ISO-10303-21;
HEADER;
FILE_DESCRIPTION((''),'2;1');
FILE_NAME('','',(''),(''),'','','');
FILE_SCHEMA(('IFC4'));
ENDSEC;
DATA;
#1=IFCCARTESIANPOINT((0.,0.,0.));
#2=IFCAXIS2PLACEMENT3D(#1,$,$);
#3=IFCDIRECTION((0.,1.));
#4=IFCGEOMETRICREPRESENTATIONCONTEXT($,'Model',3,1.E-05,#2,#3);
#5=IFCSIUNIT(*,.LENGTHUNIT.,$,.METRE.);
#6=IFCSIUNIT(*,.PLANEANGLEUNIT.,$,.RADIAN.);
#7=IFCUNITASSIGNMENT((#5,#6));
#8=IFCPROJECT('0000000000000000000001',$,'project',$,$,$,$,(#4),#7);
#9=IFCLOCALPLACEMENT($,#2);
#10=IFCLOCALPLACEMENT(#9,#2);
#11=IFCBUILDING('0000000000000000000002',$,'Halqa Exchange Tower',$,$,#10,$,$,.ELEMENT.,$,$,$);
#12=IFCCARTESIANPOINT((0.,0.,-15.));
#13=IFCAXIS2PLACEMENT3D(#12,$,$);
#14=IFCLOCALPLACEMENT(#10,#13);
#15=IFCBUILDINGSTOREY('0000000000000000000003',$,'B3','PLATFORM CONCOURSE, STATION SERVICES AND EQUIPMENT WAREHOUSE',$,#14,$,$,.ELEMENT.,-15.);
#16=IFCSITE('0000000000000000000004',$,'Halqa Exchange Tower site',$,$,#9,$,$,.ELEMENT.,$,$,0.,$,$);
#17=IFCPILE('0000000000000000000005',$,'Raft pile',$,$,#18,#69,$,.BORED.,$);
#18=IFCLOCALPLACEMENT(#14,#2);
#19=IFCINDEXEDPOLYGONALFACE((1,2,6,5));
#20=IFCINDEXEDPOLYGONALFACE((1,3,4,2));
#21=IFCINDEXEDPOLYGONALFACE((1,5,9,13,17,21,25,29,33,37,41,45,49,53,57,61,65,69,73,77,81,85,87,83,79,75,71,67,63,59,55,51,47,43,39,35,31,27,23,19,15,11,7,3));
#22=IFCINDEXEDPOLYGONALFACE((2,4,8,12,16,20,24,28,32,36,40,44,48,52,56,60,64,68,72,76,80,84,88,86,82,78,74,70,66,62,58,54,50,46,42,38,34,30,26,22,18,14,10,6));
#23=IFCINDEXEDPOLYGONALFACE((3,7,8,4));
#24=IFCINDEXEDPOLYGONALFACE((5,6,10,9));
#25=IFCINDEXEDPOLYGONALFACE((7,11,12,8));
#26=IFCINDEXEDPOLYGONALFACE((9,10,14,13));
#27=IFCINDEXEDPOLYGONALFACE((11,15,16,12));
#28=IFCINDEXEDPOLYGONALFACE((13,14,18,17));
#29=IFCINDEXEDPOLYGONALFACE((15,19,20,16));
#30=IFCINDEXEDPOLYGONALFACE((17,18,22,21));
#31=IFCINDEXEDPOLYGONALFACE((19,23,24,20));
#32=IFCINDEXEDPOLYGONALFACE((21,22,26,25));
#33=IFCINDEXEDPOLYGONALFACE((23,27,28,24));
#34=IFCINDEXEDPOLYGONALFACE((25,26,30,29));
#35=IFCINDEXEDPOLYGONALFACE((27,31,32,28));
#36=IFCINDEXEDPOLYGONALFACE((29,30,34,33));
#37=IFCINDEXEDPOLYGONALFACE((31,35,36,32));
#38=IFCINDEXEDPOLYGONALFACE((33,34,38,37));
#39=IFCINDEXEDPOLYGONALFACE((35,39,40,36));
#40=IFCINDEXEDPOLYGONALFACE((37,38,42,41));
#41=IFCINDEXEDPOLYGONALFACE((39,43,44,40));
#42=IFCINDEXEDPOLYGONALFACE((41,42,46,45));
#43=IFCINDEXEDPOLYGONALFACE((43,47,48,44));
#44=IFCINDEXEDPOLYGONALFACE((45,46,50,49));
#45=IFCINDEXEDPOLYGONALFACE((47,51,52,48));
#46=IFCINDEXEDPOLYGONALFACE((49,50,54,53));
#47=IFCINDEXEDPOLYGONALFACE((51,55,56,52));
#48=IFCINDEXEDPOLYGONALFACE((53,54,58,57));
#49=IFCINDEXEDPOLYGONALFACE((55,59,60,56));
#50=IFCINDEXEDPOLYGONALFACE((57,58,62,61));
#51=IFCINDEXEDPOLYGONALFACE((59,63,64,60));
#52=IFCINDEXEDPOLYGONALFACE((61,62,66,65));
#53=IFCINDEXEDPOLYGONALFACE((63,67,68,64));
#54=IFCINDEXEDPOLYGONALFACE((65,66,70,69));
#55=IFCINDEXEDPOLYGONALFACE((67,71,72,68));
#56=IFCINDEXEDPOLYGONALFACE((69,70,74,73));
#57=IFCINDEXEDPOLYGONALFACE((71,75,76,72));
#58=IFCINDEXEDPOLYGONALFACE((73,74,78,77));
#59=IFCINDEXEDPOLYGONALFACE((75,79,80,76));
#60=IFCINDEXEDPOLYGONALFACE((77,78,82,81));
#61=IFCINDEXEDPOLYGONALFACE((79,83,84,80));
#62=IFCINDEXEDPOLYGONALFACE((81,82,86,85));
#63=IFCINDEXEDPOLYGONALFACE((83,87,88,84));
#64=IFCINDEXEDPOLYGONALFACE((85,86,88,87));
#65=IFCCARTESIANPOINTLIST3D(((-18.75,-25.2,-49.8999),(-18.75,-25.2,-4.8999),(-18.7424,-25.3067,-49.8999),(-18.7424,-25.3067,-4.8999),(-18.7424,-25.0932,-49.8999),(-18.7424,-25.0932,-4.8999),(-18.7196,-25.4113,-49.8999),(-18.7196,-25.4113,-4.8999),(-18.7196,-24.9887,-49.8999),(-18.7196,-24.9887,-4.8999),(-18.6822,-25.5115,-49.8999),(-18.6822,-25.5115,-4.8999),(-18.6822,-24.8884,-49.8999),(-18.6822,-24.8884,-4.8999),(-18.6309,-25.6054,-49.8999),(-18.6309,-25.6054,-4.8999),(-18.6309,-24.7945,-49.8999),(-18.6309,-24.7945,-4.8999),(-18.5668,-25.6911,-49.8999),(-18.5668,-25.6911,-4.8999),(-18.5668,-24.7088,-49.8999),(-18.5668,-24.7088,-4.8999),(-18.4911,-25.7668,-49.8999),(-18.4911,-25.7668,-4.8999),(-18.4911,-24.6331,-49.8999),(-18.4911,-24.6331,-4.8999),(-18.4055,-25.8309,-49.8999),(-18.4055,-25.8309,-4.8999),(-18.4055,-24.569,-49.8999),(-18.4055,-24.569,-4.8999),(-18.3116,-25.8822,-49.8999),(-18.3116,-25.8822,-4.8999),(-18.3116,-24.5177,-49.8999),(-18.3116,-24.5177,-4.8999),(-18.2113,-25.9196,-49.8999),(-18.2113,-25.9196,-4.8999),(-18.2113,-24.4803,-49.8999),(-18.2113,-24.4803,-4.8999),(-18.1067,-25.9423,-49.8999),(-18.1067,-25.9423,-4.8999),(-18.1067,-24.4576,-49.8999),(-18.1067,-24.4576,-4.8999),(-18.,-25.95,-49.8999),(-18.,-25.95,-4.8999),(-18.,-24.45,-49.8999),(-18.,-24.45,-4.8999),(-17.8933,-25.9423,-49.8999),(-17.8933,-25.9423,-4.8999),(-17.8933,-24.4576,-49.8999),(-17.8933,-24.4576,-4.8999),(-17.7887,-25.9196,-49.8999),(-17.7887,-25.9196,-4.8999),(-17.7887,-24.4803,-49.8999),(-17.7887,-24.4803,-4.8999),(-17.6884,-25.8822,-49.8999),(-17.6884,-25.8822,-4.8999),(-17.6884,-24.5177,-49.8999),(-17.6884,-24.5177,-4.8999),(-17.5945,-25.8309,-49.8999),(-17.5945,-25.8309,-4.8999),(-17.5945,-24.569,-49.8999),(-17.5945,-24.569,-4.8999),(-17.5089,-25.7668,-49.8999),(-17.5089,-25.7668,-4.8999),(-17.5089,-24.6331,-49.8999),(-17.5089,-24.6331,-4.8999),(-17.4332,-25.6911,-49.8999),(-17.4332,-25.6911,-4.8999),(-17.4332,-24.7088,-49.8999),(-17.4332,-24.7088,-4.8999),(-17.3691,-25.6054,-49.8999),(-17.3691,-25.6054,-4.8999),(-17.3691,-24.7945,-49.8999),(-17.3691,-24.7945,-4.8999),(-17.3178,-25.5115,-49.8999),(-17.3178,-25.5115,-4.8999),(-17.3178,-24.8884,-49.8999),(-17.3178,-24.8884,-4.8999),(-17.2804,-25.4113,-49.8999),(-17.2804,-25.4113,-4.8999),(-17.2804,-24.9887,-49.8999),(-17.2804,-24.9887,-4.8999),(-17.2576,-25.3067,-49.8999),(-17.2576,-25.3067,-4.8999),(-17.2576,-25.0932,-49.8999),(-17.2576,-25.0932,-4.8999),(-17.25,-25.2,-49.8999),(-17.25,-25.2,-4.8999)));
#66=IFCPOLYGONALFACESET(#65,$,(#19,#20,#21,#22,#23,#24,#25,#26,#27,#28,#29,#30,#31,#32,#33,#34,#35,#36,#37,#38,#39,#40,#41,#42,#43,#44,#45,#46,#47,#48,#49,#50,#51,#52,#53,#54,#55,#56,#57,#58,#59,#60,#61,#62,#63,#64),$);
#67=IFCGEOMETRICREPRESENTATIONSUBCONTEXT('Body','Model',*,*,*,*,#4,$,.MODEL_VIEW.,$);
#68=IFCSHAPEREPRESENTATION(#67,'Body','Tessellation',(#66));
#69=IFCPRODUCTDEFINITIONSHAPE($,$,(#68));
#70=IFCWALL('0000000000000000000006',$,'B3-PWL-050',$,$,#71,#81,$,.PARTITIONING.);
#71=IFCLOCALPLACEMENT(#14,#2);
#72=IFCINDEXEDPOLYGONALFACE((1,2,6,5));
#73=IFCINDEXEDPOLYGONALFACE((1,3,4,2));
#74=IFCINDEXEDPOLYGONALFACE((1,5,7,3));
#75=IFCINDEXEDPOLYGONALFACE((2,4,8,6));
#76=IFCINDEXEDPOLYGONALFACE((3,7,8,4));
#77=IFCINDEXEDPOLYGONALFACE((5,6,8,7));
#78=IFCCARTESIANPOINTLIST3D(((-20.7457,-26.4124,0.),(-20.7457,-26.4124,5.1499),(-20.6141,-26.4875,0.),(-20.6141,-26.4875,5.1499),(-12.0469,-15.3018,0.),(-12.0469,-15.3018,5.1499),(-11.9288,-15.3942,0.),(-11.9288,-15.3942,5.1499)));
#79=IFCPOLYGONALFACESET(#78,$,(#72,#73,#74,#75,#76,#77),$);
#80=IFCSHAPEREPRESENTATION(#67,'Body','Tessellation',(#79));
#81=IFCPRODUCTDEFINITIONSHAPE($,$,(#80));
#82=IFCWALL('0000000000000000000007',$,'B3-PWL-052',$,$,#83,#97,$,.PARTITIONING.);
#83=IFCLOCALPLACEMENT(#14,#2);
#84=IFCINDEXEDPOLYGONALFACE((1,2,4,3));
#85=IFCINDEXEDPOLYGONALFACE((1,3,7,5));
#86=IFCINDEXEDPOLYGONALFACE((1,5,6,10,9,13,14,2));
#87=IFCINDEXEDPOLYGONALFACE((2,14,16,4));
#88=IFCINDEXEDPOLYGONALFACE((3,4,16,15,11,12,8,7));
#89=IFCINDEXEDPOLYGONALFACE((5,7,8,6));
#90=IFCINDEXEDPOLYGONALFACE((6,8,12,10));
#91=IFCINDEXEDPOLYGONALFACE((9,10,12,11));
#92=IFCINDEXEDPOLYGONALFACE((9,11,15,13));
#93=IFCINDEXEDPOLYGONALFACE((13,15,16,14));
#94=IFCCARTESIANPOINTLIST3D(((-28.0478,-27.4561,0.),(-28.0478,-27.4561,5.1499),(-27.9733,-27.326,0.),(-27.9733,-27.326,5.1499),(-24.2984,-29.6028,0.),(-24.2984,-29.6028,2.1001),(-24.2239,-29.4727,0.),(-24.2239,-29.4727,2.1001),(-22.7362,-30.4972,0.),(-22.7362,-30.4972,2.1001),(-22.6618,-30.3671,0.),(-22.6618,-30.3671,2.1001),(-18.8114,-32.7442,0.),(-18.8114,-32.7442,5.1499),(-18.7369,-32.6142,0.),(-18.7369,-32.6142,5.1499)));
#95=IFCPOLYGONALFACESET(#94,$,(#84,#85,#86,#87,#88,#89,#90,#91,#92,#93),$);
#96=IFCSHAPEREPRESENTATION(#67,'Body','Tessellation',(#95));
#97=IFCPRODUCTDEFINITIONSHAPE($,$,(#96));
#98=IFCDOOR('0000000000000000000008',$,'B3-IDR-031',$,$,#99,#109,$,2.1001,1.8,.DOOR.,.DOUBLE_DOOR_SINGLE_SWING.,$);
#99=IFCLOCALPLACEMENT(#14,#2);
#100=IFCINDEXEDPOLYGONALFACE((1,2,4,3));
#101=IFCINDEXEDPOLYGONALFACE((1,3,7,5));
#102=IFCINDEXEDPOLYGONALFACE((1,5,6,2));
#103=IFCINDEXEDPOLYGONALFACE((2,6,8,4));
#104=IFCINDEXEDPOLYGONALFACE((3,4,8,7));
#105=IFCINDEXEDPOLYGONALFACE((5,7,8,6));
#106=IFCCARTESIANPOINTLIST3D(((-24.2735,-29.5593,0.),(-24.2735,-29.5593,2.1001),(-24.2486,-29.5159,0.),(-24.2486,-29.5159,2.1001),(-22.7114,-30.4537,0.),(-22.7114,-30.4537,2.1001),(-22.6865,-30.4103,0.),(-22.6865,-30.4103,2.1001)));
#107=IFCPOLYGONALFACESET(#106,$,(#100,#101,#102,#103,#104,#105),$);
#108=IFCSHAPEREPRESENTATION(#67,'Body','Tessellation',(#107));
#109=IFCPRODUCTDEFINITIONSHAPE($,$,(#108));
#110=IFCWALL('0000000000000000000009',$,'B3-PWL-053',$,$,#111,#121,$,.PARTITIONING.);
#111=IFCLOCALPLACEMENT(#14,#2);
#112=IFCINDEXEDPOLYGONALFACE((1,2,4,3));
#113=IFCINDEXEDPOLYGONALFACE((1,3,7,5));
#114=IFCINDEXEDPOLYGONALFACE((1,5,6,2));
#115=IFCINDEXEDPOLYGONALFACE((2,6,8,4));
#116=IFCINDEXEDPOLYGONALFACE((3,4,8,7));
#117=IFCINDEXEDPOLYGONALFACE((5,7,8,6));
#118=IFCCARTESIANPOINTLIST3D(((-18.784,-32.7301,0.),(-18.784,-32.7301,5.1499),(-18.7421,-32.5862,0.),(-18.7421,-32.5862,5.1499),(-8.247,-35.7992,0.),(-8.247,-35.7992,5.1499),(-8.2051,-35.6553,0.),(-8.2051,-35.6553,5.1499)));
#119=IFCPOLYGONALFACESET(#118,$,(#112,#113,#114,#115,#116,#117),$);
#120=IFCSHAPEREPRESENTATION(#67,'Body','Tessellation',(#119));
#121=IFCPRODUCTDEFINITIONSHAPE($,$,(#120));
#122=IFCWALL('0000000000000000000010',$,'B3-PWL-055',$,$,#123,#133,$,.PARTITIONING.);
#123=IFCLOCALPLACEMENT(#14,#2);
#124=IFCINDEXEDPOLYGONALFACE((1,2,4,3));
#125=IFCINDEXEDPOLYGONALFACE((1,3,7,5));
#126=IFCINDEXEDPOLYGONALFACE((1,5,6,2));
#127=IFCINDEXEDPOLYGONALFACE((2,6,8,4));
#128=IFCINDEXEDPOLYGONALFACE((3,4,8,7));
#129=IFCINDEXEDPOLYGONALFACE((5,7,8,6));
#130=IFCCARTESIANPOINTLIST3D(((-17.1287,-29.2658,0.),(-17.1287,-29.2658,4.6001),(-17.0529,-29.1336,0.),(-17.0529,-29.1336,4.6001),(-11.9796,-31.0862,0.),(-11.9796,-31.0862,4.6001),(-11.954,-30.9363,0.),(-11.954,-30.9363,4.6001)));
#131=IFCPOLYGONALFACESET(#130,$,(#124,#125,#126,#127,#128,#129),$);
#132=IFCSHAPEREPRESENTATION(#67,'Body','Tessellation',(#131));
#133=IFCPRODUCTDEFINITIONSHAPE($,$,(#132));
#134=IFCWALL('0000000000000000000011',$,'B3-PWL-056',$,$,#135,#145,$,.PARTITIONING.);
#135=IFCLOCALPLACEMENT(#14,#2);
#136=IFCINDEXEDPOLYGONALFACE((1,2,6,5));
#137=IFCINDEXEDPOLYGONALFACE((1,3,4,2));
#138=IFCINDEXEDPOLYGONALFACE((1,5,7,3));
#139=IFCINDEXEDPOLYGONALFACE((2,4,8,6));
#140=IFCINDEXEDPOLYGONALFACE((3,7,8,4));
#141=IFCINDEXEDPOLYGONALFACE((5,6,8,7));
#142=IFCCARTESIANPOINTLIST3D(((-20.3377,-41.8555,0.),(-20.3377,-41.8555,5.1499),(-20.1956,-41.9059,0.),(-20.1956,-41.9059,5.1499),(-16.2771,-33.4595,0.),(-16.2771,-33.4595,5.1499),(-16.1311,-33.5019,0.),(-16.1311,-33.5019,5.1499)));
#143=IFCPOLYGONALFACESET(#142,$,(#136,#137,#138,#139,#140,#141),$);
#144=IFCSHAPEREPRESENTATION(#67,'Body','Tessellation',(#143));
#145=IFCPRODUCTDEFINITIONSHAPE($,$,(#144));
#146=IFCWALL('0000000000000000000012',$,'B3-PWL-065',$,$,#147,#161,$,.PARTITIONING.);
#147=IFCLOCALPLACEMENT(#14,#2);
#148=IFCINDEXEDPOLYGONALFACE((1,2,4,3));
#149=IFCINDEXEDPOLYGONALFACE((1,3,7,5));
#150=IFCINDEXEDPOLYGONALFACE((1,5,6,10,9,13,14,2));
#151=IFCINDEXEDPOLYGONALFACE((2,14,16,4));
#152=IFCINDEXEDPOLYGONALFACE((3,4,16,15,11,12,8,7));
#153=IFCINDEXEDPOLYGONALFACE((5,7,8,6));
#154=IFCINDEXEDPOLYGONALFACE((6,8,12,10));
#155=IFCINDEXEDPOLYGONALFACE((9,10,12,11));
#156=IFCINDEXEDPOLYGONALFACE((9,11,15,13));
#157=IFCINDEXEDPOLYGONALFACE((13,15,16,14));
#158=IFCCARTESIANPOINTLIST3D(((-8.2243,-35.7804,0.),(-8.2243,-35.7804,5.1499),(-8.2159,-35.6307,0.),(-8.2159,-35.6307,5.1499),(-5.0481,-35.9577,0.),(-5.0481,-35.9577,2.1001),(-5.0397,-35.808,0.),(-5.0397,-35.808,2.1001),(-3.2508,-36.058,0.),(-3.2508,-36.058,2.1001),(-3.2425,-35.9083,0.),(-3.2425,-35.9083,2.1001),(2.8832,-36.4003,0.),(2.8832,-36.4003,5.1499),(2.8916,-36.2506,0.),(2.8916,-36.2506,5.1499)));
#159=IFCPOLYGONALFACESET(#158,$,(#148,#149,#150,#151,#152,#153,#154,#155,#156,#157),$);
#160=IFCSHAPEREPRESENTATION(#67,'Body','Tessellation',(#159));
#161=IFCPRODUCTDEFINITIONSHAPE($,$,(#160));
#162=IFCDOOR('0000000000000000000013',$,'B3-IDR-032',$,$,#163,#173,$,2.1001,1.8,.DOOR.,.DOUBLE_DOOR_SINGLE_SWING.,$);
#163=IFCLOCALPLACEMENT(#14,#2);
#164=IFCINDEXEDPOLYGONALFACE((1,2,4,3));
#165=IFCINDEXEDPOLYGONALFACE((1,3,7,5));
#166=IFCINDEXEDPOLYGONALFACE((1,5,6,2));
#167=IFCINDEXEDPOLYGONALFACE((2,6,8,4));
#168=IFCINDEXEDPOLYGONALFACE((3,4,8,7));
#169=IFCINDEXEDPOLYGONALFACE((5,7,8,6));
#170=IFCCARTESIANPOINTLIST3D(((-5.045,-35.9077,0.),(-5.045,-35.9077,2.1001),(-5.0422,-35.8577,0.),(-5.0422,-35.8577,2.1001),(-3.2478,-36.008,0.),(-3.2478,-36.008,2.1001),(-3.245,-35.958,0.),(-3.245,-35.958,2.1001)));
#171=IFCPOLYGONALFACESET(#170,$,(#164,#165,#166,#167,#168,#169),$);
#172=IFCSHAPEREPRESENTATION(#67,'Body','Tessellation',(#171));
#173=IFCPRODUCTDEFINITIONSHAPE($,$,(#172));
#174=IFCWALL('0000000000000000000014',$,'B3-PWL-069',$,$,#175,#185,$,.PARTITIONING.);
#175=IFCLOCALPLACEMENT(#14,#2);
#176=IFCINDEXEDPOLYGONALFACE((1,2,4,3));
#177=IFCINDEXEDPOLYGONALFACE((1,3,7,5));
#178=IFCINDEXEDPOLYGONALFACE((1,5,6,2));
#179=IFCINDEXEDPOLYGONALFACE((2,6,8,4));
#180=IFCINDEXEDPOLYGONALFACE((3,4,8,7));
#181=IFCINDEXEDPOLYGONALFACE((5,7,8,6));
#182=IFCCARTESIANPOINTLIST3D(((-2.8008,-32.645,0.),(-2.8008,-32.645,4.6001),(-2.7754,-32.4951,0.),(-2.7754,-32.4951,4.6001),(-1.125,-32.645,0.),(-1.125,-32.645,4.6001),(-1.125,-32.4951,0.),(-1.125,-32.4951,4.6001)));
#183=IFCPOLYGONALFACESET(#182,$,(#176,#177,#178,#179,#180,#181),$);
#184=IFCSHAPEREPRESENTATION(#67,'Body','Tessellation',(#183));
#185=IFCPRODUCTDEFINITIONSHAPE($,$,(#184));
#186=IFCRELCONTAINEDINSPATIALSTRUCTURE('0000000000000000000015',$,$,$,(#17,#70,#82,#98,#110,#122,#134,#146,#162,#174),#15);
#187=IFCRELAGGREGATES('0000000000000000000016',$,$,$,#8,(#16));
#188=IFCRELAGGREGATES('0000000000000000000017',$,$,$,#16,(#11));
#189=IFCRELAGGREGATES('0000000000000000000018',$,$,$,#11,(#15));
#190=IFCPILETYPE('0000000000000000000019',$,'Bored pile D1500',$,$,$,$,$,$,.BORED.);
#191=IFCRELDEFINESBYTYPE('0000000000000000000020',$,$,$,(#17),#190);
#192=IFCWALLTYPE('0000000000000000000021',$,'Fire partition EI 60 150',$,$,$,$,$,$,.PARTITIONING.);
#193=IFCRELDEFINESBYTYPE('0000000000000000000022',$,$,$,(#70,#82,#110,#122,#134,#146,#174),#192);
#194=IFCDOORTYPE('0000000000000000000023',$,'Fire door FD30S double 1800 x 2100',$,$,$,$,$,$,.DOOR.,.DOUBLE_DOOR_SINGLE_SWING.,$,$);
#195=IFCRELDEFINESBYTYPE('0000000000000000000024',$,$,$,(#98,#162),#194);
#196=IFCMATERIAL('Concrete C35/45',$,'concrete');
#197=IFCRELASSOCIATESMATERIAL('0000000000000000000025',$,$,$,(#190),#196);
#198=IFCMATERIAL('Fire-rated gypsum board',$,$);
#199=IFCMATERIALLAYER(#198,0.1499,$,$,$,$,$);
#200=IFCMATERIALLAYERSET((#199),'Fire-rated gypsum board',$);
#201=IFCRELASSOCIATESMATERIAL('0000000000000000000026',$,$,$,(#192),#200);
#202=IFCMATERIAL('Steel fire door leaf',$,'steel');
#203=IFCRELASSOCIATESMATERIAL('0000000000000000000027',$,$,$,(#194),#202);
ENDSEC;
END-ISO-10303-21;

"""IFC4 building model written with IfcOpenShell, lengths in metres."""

from ifc_helpers import new_model, si_unit, direction, frame, frame_2d, origin, origin_2d, place, context, subcontext, project, spatial, polyline, rectangle, circle, outline, extrude, material, layer, layer_set, material_profile, profile_set, type_object, element, fill, save


model = new_model("IFC4")

# Units and contexts
model_context = context("Model", 3, precision=1e-05, world=origin(), true_north=direction((0.0, 1.0)))
body_context = subcontext(model_context, "Body", "Model", "MODEL_VIEW")
ifc_project = project(units=[si_unit("LENGTHUNIT", "METRE"), si_unit("PLANEANGLEUNIT", "RADIAN")], contexts=[model_context])

# Site, building, storey
site_placement = place(None, origin())
site = spatial("IfcSite", under=ifc_project, at=site_placement, Name="Halqa Exchange Tower site", CompositionType="ELEMENT", RefElevation=0.0)
building_placement = place(site_placement, origin())
building = spatial("IfcBuilding", under=site, at=building_placement, Name="Halqa Exchange Tower", CompositionType="ELEMENT")
storey_placement = place(building_placement, frame((0.0, 0.0, -15.0)))
storey = spatial("IfcBuildingStorey", under=building, at=storey_placement, Name="B3", Description="PLATFORM CONCOURSE, STATION SERVICES AND EQUIPMENT WAREHOUSE", CompositionType="ELEMENT", Elevation=-15.0)

# Pile
ifc_material_1 = material(Name="Concrete C35/45", Category="concrete")
ifc_material_profile_1 = material_profile(ifc_material_1, circle(Radius=0.75, at=origin_2d()), Name="D1500")
ifc_profile_set_1 = profile_set([ifc_material_profile_1], Name="Concrete C35/45")
pile_type_1 = type_object("IfcPileType", Name="Bored pile D1500", PredefinedType="BORED", material=ifc_profile_set_1)
for number, where, z_axis, x_axis, name in (
    (1, (-18.0, -25.2, -4.8999), (0.0, 0.0, -1.0), (1.0, 0.0, 0.0), "Raft pile"),
):
    element("IfcPile", number, at=place(storey_placement, frame(where, z_axis=z_axis, x_axis=x_axis)), inside=storey, type_object=pile_type_1, Name=name, PredefinedType="BORED", context=body_context, shape_type="SweptSolid", body=[
        extrude(circle(Radius=0.75, at=origin_2d()), origin(), (0.0, 0.0, 1.0), 45.0),
    ])

# Wall
ifc_material_2 = material(Name="Fire-rated gypsum board")
ifc_layer_1 = layer(ifc_material_2, 0.1499)
ifc_layer_set_1 = layer_set([ifc_layer_1], Name="Fire-rated gypsum board")
wall_type_1 = type_object("IfcWallType", Name="Fire partition EI 60 150", PredefinedType="PARTITIONING", material=ifc_layer_set_1)
wall_1_placement = place(storey_placement, frame((-20.6799, -26.45, 0.0), z_axis=(0.0, 0.0, 1.0), x_axis=(0.616466, 0.787382, 0.0)))
element("IfcWall", 2, at=wall_1_placement, inside=storey, type_object=wall_type_1, Name="B3-PWL-050", PredefinedType="PARTITIONING", context=body_context, shape_type="SweptSolid", body=[
    extrude(outline(polyline([(0.011, -0.075), (14.0999, -0.075), (14.0999, 0.075), (-0.011, 0.075), (0.011, -0.075)])), origin(), (0.0, 0.0, 1.0), 5.1499),
])

# Wall, opening, door
wall_2_placement = place(storey_placement, frame((-18.7742, -32.6792, 0.0), z_axis=(0.0, 0.0, 1.0), x_axis=(-0.867831, 0.49686, 0.0)))
wall_2 = element("IfcWall", 3, at=wall_2_placement, inside=storey, type_object=wall_type_1, Name="B3-PWL-052", PredefinedType="PARTITIONING", context=body_context, shape_type="SweptSolid", body=[
    extrude(rectangle(XDim=10.6431, YDim=0.1499, at=frame_2d((5.3215, 0.0))), origin(), (0.0, 0.0, 1.0), 5.1499),
])
opening_1_placement = place(wall_2_placement, frame((4.5227, 0.0, 0.0)))
opening_1 = element("IfcOpeningElement", 4, at=opening_1_placement, cuts=wall_2, PredefinedType="OPENING", context=body_context, shape_type="SweptSolid", body=[
    extrude(rectangle(XDim=1.8, YDim=2.1001, at=frame_2d((0.8999, 1.05))), frame((0.0, 0.0869, 0.0), z_axis=(0.0, -1.0, 0.0), x_axis=(1.0, 0.0, 0.0)), (0.0, 0.0, 1.0), 0.1738),
])
ifc_material_3 = material(Name="Steel fire door leaf", Category="steel")
door_type = type_object("IfcDoorType", Name="Fire door FD30S double 1800 x 2100", OperationType="DOUBLE_DOOR_SINGLE_SWING", PredefinedType="DOOR", material=ifc_material_3)
door_1_placement = place(opening_1_placement, origin())
door_1 = element("IfcDoor", 5, at=door_1_placement, inside=storey, type_object=door_type, Name="B3-IDR-031", OperationType="DOUBLE_DOOR_SINGLE_SWING", OverallHeight=2.1001, OverallWidth=1.8, PredefinedType="DOOR", context=body_context, shape_type="SweptSolid", body=[
    extrude(rectangle(XDim=1.8, YDim=2.1001, at=frame_2d((0.8999, 1.05))), frame((0.0, 0.0249, 0.0), z_axis=(0.0, -1.0, 0.0), x_axis=(1.0, 0.0, 0.0)), (0.0, 0.0, 1.0), 0.05),
])
fill(opening_1, door_1)

# Walls
wall_3_placement = place(storey_placement, frame((-18.7629, -32.6582, 0.0), z_axis=(0.0, 0.0, 1.0), x_axis=(0.960104, -0.279645, 0.0)))
element("IfcWall", 6, at=wall_3_placement, inside=storey, type_object=wall_type_1, Name="B3-PWL-053", PredefinedType="PARTITIONING", context=body_context, shape_type="SweptSolid", body=[
    extrude(rectangle(XDim=10.9749, YDim=0.1499, at=frame_2d((5.4873, 0.0))), origin(), (0.0, 0.0, 1.0), 5.1499),
])
wall_4_placement = place(storey_placement, frame((-17.0908, -29.1997, 0.0), z_axis=(0.0, 0.0, 1.0), x_axis=(0.942814, -0.333318, 0.0)))
element("IfcWall", 7, at=wall_4_placement, inside=storey, type_object=wall_type_1, Name="B3-PWL-055", PredefinedType="PARTITIONING", context=body_context, shape_type="SweptSolid", body=[
    extrude(outline(polyline([(-0.0137, -0.075), (5.4478, -0.075), (5.4219, 0.075), (0.0137, 0.075), (-0.0137, -0.075)])), origin(), (0.0, 0.0, 1.0), 4.6001),
])
wall_5_placement = place(storey_placement, frame((-16.2041, -33.4807, 0.0), z_axis=(0.0, 0.0, 1.0), x_axis=(-0.43539, -0.900242, 0.0)))
element("IfcWall", 8, at=wall_5_placement, inside=storey, type_object=wall_type_1, Name="B3-PWL-056", PredefinedType="PARTITIONING", context=body_context, shape_type="SweptSolid", body=[
    extrude(outline(polyline([(0.0127, -0.075), (9.3391, -0.075), (9.3225, 0.075), (-0.0127, 0.075), (0.0127, -0.075)])), origin(), (0.0, 0.0, 1.0), 5.1499),
])

# Wall, opening, door
wall_6_placement = place(storey_placement, frame((-8.2202, -35.7056, 0.0), z_axis=(0.0, 0.0, 1.0), x_axis=(0.998446, -0.05572, 0.0)))
wall_6 = element("IfcWall", 9, at=wall_6_placement, inside=storey, type_object=wall_type_1, Name="B3-PWL-065", PredefinedType="PARTITIONING", context=body_context, shape_type="SweptSolid", body=[
    extrude(rectangle(XDim=11.1248, YDim=0.1499, at=frame_2d((5.5625, 0.0))), origin(), (0.0, 0.0, 1.0), 5.1499),
])
opening_2_placement = place(wall_6_placement, frame((3.1814, 0.0, 0.0)))
opening_2 = element("IfcOpeningElement", 10, at=opening_2_placement, cuts=wall_6, PredefinedType="OPENING", context=body_context, shape_type="SweptSolid", body=[
    extrude(rectangle(XDim=1.8, YDim=2.1001, at=frame_2d((0.8999, 1.05))), frame((0.0, 0.0869, 0.0), z_axis=(0.0, -1.0, 0.0), x_axis=(1.0, 0.0, 0.0)), (0.0, 0.0, 1.0), 0.1738),
])
door_2_placement = place(opening_2_placement, frame((1.8, 0.0, 0.0), z_axis=(0.0, 0.0, 1.0), x_axis=(-1.0, 0.0, 0.0)))
door_2 = element("IfcDoor", 11, at=door_2_placement, inside=storey, type_object=door_type, Name="B3-IDR-032", OperationType="DOUBLE_DOOR_SINGLE_SWING", OverallHeight=2.1001, OverallWidth=1.8, PredefinedType="DOOR", context=body_context, shape_type="SweptSolid", body=[
    extrude(rectangle(XDim=1.8, YDim=2.1001, at=frame_2d((0.8999, 1.05))), frame((0.0, 0.0249, 0.0), z_axis=(0.0, -1.0, 0.0), x_axis=(1.0, 0.0, 0.0)), (0.0, 0.0, 1.0), 0.05),
])
fill(opening_2, door_2)

# Wall
wall_7_placement = place(storey_placement, frame((-2.7881, -32.5701, 0.0), z_axis=(0.0, 0.0, 1.0), x_axis=(1.0, 0.0, 0.0)))
element("IfcWall", 12, at=wall_7_placement, inside=storey, type_object=wall_type_1, Name="B3-PWL-069", PredefinedType="PARTITIONING", context=body_context, shape_type="SweptSolid", body=[
    extrude(outline(polyline([(-0.0127, -0.075), (1.6631, -0.075), (1.6631, 0.075), (0.0127, 0.075), (-0.0127, -0.075)])), origin(), (0.0, 0.0, 1.0), 4.6001),
])

save(model, "model.ifc")
